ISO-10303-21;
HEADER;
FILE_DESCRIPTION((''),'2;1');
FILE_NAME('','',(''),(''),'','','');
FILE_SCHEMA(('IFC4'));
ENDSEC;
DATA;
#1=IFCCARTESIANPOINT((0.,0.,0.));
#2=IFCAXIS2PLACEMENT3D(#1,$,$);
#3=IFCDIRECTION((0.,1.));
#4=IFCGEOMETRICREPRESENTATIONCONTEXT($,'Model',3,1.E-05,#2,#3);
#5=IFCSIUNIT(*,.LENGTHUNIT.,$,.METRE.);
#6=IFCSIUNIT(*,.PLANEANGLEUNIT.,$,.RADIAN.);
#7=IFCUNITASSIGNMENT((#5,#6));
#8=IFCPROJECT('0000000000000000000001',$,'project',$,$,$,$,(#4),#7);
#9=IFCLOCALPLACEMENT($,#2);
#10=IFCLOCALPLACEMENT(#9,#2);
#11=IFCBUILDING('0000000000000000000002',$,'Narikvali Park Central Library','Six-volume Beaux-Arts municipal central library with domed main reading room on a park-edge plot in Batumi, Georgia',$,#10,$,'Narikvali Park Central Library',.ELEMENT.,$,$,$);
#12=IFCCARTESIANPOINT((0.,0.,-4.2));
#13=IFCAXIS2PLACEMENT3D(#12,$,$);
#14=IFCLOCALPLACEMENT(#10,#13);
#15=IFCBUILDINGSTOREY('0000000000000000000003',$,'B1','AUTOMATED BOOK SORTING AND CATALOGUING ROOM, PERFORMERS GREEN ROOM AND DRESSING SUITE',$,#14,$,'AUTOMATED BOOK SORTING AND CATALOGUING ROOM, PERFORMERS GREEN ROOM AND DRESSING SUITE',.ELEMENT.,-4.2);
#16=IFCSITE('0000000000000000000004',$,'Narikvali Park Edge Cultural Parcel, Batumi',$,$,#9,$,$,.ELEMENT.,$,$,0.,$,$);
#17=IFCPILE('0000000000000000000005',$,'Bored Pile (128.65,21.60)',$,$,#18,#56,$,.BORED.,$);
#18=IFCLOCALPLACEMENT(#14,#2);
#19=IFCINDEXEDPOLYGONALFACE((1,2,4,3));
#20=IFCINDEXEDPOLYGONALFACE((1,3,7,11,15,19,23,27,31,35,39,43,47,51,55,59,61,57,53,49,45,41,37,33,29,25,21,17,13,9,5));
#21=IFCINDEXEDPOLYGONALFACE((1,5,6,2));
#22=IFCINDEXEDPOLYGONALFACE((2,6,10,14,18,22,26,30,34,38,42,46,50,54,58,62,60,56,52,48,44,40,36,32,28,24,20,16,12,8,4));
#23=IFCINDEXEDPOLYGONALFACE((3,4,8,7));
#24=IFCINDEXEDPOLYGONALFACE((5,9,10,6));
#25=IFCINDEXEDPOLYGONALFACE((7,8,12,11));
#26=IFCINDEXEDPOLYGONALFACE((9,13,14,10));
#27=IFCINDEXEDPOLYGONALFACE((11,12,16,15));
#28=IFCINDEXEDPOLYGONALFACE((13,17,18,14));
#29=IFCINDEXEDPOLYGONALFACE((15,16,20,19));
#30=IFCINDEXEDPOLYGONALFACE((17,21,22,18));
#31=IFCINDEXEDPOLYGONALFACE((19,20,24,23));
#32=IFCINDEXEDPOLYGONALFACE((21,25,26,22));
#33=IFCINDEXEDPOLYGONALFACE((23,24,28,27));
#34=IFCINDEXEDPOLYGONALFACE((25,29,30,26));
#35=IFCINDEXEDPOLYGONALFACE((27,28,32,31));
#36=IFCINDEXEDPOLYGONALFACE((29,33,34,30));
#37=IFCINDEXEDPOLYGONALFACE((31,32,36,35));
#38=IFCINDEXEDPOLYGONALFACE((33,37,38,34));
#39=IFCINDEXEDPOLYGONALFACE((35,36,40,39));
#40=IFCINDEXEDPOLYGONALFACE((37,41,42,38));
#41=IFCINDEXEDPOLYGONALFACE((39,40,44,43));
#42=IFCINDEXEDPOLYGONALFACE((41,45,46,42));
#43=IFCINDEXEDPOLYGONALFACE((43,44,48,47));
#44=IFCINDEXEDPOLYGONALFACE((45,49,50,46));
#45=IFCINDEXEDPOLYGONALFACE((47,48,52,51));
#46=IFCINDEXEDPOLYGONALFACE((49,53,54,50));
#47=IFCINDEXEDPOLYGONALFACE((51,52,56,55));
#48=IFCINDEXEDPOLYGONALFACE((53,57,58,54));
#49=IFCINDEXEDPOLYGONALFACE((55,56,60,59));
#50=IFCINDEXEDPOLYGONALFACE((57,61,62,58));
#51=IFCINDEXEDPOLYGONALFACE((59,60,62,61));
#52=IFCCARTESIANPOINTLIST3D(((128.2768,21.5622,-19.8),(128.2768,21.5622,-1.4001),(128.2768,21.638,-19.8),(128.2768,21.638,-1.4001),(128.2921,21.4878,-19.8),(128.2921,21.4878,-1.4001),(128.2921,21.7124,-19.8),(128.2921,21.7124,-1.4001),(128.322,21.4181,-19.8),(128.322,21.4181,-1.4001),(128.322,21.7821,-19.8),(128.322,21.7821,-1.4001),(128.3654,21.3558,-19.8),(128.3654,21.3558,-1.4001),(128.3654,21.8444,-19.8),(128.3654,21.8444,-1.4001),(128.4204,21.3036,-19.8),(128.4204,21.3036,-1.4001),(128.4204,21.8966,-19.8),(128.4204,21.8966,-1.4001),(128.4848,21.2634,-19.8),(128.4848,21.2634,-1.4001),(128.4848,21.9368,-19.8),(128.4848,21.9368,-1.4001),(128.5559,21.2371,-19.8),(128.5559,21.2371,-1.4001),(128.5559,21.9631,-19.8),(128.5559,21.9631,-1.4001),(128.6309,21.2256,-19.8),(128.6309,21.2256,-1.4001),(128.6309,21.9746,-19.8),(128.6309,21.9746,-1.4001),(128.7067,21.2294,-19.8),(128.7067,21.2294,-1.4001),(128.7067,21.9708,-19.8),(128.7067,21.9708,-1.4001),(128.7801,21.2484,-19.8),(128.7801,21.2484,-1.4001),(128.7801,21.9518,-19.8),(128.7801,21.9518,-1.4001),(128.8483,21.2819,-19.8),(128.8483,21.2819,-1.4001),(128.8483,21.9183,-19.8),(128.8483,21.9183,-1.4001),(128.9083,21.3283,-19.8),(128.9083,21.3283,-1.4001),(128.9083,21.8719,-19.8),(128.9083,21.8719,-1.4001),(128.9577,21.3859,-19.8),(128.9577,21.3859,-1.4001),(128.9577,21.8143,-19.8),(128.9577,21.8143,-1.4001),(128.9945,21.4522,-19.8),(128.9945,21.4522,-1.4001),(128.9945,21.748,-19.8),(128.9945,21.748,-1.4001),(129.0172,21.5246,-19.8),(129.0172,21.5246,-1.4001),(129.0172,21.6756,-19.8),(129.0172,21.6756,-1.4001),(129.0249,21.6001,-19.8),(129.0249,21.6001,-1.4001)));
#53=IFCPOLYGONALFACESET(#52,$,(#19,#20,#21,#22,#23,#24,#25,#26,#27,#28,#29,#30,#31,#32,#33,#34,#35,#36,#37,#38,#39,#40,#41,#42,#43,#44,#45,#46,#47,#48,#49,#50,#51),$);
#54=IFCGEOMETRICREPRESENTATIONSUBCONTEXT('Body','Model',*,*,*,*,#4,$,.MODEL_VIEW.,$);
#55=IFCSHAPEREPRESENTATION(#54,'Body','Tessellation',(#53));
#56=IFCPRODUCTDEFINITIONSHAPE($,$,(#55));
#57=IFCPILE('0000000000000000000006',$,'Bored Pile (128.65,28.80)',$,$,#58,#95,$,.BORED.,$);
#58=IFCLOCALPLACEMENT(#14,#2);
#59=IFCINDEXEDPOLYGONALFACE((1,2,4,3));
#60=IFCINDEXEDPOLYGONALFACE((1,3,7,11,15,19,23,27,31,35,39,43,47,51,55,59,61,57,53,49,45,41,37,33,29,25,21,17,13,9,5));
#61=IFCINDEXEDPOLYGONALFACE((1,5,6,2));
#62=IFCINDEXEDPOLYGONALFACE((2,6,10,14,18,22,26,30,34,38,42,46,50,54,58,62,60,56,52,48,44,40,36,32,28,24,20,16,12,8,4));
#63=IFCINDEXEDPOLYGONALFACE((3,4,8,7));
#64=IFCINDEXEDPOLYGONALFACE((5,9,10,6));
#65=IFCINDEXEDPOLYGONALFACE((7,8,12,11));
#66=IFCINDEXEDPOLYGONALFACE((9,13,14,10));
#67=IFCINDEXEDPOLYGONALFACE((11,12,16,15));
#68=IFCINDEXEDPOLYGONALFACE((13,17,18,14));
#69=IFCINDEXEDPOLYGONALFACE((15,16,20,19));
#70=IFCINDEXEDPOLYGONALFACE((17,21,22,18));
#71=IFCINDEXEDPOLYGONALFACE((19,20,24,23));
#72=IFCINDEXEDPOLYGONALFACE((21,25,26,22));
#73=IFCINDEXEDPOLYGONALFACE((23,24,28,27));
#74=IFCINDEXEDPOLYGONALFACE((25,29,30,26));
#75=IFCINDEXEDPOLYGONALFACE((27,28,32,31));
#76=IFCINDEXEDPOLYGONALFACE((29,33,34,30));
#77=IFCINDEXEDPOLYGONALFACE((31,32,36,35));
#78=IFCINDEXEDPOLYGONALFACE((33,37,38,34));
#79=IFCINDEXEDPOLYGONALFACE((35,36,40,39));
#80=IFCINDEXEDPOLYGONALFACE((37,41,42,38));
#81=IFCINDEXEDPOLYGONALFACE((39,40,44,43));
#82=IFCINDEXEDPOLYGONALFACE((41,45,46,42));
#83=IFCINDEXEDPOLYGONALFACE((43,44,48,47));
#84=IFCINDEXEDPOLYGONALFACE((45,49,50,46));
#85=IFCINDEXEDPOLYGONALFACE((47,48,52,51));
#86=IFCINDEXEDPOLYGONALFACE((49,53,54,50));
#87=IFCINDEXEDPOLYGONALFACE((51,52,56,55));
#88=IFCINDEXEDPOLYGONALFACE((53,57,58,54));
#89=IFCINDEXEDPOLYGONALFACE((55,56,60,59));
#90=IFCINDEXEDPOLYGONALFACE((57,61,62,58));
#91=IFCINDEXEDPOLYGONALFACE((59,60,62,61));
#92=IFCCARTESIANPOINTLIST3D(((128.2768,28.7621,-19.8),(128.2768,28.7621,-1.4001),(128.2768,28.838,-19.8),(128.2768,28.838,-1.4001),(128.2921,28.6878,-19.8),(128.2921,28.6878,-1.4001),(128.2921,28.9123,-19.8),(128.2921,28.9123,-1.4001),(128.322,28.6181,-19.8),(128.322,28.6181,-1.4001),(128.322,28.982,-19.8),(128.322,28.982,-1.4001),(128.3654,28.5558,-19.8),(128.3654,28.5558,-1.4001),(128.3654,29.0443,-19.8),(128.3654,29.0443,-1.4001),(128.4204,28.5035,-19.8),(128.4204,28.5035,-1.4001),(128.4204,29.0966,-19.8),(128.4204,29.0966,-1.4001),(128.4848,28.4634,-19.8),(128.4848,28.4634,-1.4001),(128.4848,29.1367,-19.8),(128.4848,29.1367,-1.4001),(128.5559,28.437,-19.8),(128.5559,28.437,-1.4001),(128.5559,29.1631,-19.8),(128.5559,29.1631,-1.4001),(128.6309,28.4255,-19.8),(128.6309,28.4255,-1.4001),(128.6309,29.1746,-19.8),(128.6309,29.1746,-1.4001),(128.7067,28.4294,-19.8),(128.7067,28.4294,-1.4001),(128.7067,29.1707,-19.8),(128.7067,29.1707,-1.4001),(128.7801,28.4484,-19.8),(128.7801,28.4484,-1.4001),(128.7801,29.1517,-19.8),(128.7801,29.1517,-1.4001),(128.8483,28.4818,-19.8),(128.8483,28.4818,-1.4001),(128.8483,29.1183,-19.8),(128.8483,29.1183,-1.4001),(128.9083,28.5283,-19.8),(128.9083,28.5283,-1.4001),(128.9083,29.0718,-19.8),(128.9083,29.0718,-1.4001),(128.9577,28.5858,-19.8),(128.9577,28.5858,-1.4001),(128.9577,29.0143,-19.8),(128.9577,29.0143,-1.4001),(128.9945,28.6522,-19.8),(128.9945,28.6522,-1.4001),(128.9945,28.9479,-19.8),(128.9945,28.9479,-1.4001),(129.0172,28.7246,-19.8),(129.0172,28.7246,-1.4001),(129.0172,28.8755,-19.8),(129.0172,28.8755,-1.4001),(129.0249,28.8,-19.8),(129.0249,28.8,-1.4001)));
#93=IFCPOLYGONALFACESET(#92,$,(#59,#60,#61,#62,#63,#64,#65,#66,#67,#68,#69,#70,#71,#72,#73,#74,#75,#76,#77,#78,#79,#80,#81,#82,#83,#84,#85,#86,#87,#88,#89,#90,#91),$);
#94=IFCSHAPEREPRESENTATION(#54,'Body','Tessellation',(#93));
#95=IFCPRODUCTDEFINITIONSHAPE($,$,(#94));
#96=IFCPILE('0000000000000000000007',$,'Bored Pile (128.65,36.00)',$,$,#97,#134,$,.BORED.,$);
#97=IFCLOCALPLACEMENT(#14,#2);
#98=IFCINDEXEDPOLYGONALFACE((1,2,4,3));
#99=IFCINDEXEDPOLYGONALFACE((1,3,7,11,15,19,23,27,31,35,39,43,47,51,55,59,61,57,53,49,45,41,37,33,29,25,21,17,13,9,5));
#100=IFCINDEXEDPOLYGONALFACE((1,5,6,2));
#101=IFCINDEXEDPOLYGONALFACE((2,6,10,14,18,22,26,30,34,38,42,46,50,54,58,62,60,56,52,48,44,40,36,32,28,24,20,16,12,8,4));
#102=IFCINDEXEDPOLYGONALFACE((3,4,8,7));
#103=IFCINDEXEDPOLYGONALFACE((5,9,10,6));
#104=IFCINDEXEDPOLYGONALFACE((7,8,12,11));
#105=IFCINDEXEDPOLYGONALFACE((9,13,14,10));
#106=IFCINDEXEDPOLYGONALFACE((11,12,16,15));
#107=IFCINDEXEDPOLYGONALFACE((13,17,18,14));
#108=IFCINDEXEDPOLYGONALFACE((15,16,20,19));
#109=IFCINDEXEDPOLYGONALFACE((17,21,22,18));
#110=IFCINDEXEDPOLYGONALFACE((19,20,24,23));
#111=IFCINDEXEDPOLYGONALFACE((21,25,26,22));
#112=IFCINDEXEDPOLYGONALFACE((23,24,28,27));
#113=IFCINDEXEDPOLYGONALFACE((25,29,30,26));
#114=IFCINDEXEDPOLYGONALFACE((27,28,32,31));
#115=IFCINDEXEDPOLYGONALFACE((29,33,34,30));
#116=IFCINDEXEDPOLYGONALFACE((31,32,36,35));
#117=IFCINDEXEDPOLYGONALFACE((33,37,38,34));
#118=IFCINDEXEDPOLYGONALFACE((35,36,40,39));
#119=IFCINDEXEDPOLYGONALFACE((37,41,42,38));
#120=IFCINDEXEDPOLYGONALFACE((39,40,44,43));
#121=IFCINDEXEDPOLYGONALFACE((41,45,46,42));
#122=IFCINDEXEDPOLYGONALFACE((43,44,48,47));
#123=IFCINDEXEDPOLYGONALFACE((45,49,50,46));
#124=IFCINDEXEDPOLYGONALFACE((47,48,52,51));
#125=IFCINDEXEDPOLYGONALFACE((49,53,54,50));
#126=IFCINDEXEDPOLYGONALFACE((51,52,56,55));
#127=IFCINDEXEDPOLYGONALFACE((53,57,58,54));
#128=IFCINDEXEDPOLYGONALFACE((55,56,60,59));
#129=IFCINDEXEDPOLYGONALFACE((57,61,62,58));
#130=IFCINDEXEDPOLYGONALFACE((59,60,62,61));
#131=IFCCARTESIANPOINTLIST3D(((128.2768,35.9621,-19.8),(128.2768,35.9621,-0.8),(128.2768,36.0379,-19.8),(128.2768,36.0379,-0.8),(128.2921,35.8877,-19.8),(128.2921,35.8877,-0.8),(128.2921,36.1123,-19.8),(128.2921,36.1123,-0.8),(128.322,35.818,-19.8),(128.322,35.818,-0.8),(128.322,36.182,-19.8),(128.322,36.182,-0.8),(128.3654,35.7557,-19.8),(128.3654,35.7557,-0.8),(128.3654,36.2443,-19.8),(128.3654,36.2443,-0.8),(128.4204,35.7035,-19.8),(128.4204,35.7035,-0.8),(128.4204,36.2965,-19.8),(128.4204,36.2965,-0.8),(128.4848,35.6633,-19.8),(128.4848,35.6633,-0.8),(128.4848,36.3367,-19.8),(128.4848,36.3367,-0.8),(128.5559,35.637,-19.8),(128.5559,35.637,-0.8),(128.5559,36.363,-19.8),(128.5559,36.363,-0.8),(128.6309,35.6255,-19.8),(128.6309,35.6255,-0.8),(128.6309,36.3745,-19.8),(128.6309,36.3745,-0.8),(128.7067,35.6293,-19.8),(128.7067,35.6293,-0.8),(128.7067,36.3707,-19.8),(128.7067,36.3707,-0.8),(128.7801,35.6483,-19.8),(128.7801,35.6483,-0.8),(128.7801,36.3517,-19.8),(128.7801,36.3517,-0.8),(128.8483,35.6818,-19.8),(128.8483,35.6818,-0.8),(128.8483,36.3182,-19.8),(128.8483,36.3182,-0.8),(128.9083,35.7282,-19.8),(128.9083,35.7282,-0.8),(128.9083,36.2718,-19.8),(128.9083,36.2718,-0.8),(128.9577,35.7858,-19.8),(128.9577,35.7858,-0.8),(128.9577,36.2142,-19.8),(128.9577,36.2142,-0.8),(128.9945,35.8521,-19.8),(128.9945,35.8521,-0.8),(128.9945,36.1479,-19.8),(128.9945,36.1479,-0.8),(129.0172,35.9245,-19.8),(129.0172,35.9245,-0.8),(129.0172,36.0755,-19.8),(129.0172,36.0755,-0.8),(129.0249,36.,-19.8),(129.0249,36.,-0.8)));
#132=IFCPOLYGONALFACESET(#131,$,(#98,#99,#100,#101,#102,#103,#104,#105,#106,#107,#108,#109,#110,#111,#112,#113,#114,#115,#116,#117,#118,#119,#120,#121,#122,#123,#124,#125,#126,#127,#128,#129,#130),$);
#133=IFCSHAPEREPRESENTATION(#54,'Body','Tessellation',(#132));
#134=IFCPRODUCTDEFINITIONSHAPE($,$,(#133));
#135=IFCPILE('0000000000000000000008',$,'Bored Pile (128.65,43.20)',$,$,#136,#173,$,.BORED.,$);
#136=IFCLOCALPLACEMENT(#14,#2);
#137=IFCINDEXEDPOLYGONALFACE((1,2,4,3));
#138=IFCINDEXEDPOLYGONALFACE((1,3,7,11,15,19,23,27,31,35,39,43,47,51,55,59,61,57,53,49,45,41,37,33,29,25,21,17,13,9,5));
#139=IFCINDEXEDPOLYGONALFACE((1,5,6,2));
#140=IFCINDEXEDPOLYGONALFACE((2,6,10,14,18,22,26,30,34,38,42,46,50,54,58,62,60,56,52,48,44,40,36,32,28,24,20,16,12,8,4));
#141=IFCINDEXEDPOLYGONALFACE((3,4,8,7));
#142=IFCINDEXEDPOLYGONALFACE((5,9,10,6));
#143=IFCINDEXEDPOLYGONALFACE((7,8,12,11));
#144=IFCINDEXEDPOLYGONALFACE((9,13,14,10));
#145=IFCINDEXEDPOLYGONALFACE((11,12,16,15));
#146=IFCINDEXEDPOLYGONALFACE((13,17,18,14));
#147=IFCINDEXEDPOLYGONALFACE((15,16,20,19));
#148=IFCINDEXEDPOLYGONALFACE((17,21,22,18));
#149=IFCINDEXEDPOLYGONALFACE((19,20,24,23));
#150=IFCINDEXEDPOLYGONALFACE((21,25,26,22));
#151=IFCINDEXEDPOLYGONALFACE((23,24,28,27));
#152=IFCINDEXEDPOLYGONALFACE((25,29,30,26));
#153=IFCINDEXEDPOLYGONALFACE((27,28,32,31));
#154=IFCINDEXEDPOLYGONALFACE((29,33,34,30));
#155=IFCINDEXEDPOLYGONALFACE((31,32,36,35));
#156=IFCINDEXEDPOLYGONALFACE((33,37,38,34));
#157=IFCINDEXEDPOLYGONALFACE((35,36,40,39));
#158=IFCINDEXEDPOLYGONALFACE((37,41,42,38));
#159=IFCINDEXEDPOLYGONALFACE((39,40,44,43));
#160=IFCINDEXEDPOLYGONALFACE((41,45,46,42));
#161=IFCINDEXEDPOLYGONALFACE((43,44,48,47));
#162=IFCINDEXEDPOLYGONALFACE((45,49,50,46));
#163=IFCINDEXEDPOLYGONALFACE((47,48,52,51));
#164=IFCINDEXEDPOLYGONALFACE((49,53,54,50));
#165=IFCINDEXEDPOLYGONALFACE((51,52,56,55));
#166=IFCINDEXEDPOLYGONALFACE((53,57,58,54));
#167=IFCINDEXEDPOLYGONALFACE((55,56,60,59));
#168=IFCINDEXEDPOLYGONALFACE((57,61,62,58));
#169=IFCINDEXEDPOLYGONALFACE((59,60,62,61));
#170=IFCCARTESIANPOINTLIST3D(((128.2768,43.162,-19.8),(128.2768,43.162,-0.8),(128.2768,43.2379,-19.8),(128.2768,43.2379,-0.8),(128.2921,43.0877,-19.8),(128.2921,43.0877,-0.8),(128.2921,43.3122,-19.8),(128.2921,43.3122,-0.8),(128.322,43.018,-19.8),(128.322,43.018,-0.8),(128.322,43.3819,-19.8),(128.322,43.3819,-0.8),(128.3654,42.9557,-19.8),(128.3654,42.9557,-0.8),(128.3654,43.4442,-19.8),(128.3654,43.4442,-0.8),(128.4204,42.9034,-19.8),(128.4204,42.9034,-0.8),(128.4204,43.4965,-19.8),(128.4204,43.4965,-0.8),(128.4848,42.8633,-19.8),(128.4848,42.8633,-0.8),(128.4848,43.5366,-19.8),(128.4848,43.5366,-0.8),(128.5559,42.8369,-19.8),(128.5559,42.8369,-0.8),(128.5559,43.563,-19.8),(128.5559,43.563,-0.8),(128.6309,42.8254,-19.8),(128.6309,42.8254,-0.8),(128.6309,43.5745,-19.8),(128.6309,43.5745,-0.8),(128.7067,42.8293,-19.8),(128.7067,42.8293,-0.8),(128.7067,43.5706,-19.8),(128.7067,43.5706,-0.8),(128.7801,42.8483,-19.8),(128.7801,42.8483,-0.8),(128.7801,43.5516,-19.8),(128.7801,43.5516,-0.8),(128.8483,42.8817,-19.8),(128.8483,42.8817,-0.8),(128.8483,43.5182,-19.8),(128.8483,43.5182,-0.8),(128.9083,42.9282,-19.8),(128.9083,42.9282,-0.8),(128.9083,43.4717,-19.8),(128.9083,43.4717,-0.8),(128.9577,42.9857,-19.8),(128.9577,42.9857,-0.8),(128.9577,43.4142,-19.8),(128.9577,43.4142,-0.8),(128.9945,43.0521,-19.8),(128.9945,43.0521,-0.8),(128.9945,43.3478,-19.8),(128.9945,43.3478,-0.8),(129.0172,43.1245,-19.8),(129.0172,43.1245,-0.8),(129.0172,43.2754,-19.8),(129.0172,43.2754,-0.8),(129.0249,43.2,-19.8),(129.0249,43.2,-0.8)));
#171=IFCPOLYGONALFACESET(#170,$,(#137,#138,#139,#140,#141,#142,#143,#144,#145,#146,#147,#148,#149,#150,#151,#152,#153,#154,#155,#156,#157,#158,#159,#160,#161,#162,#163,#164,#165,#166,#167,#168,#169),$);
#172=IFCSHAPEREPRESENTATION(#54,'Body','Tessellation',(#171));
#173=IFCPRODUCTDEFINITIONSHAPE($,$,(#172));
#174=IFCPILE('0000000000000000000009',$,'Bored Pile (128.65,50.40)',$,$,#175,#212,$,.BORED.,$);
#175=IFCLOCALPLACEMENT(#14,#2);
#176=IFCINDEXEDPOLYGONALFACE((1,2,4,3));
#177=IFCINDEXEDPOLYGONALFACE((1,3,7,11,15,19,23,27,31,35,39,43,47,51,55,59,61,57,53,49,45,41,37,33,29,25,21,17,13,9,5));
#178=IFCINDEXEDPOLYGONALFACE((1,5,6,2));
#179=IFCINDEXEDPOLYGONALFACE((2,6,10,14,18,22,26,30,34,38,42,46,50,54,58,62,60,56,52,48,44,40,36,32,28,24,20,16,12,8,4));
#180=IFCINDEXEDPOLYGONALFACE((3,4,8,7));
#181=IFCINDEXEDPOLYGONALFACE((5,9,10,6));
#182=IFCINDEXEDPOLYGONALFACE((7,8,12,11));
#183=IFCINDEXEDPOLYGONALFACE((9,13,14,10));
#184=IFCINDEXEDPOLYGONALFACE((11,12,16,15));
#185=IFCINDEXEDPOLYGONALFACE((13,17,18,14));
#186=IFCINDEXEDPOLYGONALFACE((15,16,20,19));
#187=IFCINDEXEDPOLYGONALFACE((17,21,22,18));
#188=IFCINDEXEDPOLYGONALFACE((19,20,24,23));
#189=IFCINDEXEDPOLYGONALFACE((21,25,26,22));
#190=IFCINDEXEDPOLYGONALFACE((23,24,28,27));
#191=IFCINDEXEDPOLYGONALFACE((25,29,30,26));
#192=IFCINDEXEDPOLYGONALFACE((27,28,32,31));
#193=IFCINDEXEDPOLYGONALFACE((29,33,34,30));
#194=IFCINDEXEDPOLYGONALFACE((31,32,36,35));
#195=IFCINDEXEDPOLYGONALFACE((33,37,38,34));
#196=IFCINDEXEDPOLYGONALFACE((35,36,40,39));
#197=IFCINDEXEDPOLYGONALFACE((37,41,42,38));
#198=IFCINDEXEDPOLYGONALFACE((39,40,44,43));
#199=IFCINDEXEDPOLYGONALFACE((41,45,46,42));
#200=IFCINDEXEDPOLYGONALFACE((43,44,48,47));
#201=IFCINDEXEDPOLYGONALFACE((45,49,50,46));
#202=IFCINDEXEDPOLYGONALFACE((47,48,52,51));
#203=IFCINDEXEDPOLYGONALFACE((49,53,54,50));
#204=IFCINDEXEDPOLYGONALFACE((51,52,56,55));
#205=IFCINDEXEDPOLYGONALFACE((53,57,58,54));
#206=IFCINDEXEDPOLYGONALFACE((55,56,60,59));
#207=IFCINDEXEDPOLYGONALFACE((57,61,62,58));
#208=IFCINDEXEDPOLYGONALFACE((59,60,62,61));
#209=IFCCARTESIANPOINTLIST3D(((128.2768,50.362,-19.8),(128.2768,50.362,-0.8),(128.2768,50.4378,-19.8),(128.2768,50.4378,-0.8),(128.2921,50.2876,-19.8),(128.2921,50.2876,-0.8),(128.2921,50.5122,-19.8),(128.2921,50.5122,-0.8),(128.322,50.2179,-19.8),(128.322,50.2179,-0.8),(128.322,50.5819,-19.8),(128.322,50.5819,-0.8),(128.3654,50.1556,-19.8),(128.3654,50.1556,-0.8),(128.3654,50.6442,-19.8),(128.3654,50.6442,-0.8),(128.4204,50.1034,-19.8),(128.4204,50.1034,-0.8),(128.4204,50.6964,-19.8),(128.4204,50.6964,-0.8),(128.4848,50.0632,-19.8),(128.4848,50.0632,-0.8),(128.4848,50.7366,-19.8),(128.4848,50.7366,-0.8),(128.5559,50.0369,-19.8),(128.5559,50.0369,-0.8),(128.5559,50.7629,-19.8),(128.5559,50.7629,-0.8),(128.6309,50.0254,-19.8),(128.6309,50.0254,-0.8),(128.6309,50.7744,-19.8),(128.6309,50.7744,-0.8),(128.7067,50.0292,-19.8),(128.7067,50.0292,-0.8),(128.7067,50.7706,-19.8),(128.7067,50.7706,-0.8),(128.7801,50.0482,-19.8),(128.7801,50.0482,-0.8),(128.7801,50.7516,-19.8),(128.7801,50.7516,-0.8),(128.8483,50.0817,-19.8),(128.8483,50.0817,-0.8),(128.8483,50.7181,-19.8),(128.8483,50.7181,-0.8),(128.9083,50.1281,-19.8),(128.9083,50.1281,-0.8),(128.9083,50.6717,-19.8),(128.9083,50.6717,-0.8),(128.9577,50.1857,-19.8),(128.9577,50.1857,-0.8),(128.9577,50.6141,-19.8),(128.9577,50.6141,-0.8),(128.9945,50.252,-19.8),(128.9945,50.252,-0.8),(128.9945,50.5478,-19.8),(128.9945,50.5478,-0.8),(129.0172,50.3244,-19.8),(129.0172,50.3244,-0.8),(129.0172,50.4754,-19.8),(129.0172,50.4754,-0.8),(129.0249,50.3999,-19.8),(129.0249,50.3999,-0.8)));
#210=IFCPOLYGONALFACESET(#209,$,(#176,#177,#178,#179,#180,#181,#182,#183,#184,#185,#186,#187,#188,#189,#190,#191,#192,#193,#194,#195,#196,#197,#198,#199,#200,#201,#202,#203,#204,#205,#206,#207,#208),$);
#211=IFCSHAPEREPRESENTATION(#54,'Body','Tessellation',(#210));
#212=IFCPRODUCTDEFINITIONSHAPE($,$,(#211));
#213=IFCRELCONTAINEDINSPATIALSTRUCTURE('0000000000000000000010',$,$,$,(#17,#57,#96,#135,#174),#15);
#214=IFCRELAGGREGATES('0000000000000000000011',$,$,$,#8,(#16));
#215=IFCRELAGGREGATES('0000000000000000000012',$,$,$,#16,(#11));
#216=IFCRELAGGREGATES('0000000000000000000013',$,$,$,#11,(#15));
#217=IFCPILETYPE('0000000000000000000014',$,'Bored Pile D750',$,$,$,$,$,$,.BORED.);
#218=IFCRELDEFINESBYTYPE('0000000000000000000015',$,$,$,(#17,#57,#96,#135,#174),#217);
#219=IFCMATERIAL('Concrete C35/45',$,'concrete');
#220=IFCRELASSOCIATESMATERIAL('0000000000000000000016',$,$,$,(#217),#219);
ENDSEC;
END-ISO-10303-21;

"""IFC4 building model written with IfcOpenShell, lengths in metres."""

from ifc_helpers import new_model, si_unit, direction, frame, origin, origin_2d, place, context, subcontext, project, spatial, circle, extrude, material, material_profile, profile_set, type_object, element, save


model = new_model("IFC4")

# Units and contexts
model_context = context("Model", 3, precision=1e-05, world=origin(), true_north=direction((0.0, 1.0)))
body_context = subcontext(model_context, "Body", "Model", "MODEL_VIEW")
ifc_project = project(units=[si_unit("LENGTHUNIT", "METRE"), si_unit("PLANEANGLEUNIT", "RADIAN")], contexts=[model_context])

# Site, building, storey
site_placement = place(None, origin())
site = spatial("IfcSite", under=ifc_project, at=site_placement, Name="Narikvali Park Edge Cultural Parcel, Batumi", CompositionType="ELEMENT", RefElevation=0.0)
building_placement = place(site_placement, origin())
building = spatial("IfcBuilding", under=site, at=building_placement, Name="Narikvali Park Central Library", Description="Six-volume Beaux-Arts municipal central library with domed main reading room on a park-edge plot in Batumi, Georgia", LongName="Narikvali Park Central Library", CompositionType="ELEMENT")
storey_placement = place(building_placement, frame((0.0, 0.0, -4.2)))
storey = spatial("IfcBuildingStorey", under=building, at=storey_placement, Name="B1", Description="AUTOMATED BOOK SORTING AND CATALOGUING ROOM, PERFORMERS GREEN ROOM AND DRESSING SUITE", LongName="AUTOMATED BOOK SORTING AND CATALOGUING ROOM, PERFORMERS GREEN ROOM AND DRESSING SUITE", CompositionType="ELEMENT", Elevation=-4.2)

# Piles
ifc_material_1 = material(Name="Concrete C35/45", Category="concrete")
ifc_material_profile_1 = material_profile(ifc_material_1, circle(Radius=0.375, at=origin_2d()), Name="PILE D750")
ifc_profile_set_1 = profile_set([ifc_material_profile_1], Name="Concrete C35/45")
pile_type = type_object("IfcPileType", Name="Bored Pile D750", PredefinedType="BORED", material=ifc_profile_set_1)
for number, where, z_axis, x_axis, name in (
    (1, (128.6499, 21.6001, -1.4001), (0.0, 0.0, -1.0), (1.0, 0.0, 0.0), "Bored Pile (128.65,21.60)"),
    (2, (128.6499, 28.8, -1.4001), (0.0, 0.0, -1.0), (1.0, 0.0, 0.0), "Bored Pile (128.65,28.80)"),
):
    element("IfcPile", number, at=place(storey_placement, frame(where, z_axis=z_axis, x_axis=x_axis)), inside=storey, type_object=pile_type, Name=name, PredefinedType="BORED", context=body_context, shape_type="SweptSolid", body=[
        extrude(circle(Radius=0.375, at=origin_2d()), origin(), (0.0, 0.0, 1.0), 18.3999),
    ])
for number, where, z_axis, x_axis, name in (
    (3, (128.6499, 36.0, -0.8), (0.0, 0.0, -1.0), (1.0, 0.0, 0.0), "Bored Pile (128.65,36.00)"),
    (4, (128.6499, 43.2, -0.8), (0.0, 0.0, -1.0), (1.0, 0.0, 0.0), "Bored Pile (128.65,43.20)"),
    (5, (128.6499, 50.3999, -0.8), (0.0, 0.0, -1.0), (1.0, 0.0, 0.0), "Bored Pile (128.65,50.40)"),
):
    element("IfcPile", number, at=place(storey_placement, frame(where, z_axis=z_axis, x_axis=x_axis)), inside=storey, type_object=pile_type, Name=name, PredefinedType="BORED", context=body_context, shape_type="SweptSolid", body=[
        extrude(circle(Radius=0.375, at=origin_2d()), origin(), (0.0, 0.0, 1.0), 19.0),
    ])

save(model, "model.ifc")
